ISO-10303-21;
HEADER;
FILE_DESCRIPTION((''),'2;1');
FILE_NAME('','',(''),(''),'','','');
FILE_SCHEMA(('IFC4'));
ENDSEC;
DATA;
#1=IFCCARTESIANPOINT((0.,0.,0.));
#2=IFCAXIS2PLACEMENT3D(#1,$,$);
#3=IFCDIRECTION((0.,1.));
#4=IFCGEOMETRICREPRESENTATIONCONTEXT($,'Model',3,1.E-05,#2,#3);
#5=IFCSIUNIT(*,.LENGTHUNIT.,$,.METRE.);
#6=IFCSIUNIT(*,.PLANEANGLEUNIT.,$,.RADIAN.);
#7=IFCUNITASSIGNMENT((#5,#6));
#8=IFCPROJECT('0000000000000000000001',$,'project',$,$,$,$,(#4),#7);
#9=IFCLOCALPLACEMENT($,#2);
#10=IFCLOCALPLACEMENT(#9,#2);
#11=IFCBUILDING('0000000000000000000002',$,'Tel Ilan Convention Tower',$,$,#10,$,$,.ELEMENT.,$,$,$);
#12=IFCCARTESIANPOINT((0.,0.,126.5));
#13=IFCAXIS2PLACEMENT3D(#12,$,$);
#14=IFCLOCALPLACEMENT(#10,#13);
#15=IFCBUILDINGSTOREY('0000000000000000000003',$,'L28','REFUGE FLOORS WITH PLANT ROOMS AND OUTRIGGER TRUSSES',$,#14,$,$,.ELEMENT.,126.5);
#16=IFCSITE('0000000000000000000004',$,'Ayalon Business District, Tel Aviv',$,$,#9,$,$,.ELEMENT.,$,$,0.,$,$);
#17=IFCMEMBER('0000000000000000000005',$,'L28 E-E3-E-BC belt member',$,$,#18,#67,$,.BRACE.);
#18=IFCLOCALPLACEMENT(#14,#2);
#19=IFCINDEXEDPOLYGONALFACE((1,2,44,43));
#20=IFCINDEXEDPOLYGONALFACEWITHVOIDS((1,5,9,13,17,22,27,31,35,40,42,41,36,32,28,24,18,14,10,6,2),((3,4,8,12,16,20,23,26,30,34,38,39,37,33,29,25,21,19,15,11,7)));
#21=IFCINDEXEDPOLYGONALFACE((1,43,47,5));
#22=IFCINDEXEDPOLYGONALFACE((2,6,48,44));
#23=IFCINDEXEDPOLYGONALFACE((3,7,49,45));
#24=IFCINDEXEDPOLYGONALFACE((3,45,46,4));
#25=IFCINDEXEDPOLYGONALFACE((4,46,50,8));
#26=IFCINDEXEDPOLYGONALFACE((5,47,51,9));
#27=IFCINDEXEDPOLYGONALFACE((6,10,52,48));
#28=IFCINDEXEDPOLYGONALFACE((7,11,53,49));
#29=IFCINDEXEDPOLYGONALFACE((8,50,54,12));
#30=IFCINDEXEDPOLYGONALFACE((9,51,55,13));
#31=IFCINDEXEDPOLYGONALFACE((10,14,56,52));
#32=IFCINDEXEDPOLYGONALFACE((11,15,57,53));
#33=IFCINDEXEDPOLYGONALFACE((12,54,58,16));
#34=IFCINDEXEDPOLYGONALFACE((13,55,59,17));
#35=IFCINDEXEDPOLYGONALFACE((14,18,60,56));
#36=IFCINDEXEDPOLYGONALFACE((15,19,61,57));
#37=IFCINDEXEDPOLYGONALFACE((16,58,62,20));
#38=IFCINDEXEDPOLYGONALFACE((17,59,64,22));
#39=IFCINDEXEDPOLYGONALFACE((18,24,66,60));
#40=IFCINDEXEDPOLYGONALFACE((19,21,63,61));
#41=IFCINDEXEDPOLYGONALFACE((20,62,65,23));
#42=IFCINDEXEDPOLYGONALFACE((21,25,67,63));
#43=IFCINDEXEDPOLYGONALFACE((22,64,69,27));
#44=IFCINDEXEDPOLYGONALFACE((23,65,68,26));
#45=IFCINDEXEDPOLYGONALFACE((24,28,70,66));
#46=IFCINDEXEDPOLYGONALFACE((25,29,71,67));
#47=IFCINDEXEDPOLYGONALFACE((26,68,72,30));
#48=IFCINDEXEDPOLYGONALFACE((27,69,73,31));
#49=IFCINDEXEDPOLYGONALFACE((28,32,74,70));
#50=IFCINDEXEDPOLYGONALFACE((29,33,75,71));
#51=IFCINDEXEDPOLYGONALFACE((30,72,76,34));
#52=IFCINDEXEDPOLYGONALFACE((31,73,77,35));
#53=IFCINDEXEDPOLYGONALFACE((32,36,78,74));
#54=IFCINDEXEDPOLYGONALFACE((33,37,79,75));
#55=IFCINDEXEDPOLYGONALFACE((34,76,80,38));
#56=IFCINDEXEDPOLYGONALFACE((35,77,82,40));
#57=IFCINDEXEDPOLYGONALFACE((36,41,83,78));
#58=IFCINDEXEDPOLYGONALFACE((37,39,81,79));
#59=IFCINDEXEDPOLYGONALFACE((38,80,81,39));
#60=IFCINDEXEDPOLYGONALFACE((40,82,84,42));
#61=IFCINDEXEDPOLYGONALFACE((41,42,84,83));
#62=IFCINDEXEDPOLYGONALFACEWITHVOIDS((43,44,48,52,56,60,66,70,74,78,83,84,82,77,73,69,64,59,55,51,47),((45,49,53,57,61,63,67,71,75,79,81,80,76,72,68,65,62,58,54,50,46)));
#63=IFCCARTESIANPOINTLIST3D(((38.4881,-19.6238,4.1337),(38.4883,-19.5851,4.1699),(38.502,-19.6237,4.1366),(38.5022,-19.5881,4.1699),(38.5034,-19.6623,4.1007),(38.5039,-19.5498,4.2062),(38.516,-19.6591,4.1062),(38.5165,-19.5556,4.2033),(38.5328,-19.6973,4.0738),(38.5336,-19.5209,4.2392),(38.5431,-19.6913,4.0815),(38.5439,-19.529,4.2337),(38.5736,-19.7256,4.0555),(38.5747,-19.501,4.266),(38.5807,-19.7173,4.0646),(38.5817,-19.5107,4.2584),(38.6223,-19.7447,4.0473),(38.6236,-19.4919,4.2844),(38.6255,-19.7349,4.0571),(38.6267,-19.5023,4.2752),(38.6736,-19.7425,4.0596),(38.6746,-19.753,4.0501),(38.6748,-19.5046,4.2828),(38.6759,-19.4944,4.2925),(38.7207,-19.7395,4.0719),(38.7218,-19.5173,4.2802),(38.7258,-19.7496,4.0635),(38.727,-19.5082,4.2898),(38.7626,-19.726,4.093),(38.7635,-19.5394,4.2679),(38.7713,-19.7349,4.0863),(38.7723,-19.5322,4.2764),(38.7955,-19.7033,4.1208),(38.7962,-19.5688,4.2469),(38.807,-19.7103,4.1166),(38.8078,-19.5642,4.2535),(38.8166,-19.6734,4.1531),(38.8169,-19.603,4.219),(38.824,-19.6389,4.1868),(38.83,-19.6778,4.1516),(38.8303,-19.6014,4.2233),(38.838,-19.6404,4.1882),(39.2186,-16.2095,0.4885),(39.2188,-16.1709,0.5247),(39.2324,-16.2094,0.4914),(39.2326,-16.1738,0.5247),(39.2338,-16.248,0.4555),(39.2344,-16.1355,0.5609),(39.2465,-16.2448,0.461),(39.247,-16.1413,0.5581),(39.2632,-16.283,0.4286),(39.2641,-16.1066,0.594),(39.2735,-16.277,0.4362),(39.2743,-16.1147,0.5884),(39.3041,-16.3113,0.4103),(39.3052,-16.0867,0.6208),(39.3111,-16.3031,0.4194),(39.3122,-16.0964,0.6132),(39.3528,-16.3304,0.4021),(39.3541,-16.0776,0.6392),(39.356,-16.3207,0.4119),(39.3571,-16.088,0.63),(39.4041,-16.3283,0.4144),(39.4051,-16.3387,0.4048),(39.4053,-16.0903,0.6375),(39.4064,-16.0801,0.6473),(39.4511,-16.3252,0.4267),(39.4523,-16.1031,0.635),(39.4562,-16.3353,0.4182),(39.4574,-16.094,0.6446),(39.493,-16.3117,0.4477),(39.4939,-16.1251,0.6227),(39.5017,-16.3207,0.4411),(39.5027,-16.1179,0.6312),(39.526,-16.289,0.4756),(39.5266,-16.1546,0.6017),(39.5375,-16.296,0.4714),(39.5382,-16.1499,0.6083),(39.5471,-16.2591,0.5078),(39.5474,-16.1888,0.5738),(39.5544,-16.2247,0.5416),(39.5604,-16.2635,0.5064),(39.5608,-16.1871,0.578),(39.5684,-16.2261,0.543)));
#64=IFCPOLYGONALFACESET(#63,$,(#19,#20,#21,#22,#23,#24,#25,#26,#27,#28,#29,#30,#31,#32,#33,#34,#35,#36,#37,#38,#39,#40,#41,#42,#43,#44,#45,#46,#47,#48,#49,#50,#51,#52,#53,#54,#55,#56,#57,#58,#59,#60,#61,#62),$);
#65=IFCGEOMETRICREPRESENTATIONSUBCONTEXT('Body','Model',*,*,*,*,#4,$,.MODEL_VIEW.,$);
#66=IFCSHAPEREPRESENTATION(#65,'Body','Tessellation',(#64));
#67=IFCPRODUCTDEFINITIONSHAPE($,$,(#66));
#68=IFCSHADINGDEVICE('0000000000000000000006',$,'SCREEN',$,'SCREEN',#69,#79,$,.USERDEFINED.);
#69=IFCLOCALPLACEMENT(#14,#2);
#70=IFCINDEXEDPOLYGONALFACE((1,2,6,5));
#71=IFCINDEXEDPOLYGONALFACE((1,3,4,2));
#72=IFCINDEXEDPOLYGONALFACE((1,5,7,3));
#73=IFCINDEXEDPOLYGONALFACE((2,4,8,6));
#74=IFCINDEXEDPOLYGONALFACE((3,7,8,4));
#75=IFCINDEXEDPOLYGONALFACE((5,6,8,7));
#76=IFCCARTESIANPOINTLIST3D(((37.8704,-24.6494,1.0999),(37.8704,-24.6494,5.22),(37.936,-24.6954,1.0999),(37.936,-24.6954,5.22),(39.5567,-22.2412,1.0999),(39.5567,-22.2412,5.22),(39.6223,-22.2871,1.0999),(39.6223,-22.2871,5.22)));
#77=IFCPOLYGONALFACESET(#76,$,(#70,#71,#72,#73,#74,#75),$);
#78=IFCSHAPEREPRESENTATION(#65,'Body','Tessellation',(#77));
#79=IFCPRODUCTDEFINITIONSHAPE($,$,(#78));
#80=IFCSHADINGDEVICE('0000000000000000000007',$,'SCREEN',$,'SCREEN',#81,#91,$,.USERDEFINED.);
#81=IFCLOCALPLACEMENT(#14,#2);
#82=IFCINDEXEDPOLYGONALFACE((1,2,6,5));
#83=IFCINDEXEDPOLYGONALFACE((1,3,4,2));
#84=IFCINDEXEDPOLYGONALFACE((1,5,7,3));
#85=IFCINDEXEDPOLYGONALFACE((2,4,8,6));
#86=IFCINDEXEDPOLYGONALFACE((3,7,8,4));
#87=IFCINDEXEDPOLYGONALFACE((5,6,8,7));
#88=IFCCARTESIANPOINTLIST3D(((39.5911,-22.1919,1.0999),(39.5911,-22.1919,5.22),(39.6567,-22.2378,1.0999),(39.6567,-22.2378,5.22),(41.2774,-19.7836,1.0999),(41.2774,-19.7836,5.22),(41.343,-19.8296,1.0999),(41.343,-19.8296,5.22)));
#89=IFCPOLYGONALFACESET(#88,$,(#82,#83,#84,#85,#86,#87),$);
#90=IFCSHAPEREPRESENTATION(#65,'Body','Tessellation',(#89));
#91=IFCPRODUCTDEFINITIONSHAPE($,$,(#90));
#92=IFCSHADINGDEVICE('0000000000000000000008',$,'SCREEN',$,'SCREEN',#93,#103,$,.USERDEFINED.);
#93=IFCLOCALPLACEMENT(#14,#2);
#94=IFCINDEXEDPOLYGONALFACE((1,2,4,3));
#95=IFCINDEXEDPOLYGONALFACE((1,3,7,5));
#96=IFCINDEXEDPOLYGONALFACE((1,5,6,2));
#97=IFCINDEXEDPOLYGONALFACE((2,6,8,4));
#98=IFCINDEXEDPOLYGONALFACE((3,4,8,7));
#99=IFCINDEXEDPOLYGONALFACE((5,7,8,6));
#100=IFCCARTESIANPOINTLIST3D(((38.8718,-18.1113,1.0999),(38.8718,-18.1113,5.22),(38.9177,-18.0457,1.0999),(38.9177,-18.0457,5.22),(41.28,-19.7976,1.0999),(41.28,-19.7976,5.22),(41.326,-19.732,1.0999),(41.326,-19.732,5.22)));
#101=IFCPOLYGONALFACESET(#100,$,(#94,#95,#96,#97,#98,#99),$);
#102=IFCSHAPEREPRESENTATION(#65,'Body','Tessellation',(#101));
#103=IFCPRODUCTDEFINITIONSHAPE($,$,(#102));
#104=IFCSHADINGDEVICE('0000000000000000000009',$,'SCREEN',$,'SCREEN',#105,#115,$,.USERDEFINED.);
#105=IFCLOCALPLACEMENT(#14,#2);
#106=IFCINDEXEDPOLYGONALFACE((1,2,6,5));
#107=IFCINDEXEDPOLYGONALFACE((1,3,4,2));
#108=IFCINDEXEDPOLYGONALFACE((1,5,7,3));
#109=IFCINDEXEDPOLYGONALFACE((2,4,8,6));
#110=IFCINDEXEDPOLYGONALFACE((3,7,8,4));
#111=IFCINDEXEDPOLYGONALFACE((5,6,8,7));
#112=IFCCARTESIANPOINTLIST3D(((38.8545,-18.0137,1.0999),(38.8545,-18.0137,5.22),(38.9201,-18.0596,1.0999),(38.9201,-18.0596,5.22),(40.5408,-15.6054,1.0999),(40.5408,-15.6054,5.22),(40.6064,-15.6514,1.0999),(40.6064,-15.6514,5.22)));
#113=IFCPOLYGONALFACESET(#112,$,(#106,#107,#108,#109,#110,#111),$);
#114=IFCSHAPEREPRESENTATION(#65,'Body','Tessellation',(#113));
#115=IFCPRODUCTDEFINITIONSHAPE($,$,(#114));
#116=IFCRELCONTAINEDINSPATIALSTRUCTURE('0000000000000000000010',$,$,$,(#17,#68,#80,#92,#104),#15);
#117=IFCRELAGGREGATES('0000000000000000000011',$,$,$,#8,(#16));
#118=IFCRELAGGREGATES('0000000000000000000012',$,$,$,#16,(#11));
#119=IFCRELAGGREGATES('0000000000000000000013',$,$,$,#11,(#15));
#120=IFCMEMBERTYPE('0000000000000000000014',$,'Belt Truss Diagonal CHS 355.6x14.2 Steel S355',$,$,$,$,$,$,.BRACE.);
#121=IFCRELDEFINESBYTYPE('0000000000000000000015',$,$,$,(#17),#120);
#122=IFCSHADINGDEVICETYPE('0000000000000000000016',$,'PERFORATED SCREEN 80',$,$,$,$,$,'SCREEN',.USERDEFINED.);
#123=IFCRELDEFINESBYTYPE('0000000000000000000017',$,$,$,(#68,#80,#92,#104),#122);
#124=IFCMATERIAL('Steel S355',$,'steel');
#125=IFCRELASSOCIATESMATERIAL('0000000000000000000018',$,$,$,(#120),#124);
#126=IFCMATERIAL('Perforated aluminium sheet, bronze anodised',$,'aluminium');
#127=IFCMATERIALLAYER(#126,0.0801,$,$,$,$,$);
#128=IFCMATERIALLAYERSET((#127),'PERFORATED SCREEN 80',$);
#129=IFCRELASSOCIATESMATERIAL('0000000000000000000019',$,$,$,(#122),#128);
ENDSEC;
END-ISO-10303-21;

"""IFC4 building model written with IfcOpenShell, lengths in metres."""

from ifc_helpers import new_model, si_unit, direction, frame, origin, origin_2d, place, context, subcontext, project, spatial, rectangle, hollow_circle, extrude, material, layer, layer_set, material_profile, profile_set, type_object, element, save


model = new_model("IFC4")

# Units and contexts
model_context = context("Model", 3, precision=1e-05, world=origin(), true_north=direction((0.0, 1.0)))
body_context = subcontext(model_context, "Body", "Model", "MODEL_VIEW")
ifc_project = project(units=[si_unit("LENGTHUNIT", "METRE"), si_unit("PLANEANGLEUNIT", "RADIAN")], contexts=[model_context])

# Site, building, storey
site_placement = place(None, origin())
site = spatial("IfcSite", under=ifc_project, at=site_placement, Name="Ayalon Business District, Tel Aviv", CompositionType="ELEMENT", RefElevation=0.0)
building_placement = place(site_placement, origin())
building = spatial("IfcBuilding", under=site, at=building_placement, Name="Tel Ilan Convention Tower", CompositionType="ELEMENT")
storey_placement = place(building_placement, frame((0.0, 0.0, 126.5)))
storey = spatial("IfcBuildingStorey", under=building, at=storey_placement, Name="L28", Description="REFUGE FLOORS WITH PLANT ROOMS AND OUTRIGGER TRUSSES", CompositionType="ELEMENT", Elevation=126.5)

# Member
ifc_material_1 = material(Name="Steel S355", Category="steel")
ifc_material_profile_1 = material_profile(ifc_material_1, hollow_circle(Radius=0.1777, WallThickness=0.0142, at=origin_2d()), Name="CHS 355.6x14.2")
ifc_profile_set_1 = profile_set([ifc_material_profile_1], Name="Steel S355")
member_type_1 = type_object("IfcMemberType", Name="Belt Truss Diagonal CHS 355.6x14.2 Steel S355", PredefinedType="BRACE", material=ifc_profile_set_1)
member_1_placement = place(storey_placement, frame((38.6621, -19.6223, 4.1699), z_axis=(0.144714, 0.676412, -0.722167), x_axis=(-0.977871, 0.209209, 0.0)))
element("IfcMember", 1, at=member_1_placement, inside=storey, type_object=member_type_1, Name="L28 E-E3-E-BC belt member", PredefinedType="BRACE", context=body_context, shape_type="SweptSolid", body=[
    extrude(hollow_circle(Radius=0.1777, WallThickness=0.0142, at=origin_2d()), origin(), (0.0, 0.0, 1.0), 5.0476),
])

# Shading devices
ifc_material_2 = material(Name="Perforated aluminium sheet, bronze anodised", Category="aluminium")
ifc_layer_1 = layer(ifc_material_2, 0.0801)
ifc_layer_set_1 = layer_set([ifc_layer_1], Name="PERFORATED SCREEN 80")
shading_device_type_1 = type_object("IfcShadingDeviceType", Name="PERFORATED SCREEN 80", ElementType="SCREEN", PredefinedType="USERDEFINED", material=ifc_layer_set_1)
for number, where, z_axis, x_axis, name in (
    (2, (38.7463, -23.4683, 1.0999), (0.0, 0.0, 1.0), (0.573576, 0.819152, 0.0), "SCREEN"),
    (3, (40.467, -21.0107, 1.0999), (0.0, 0.0, 1.0), (0.573576, 0.819152, 0.0), "SCREEN"),
    (4, (40.0989, -18.9216, 1.0999), (0.0, 0.0, 1.0), (-0.819152, 0.573576, 0.0), "SCREEN"),
    (5, (39.7305, -16.8325, 1.0999), (0.0, 0.0, 1.0), (0.573576, 0.819152, 0.0), "SCREEN"),
):
    element("IfcShadingDevice", number, at=place(storey_placement, frame(where, z_axis=z_axis, x_axis=x_axis)), inside=storey, type_object=shading_device_type_1, Name=name, ObjectType="SCREEN", PredefinedType="USERDEFINED", context=body_context, shape_type="SweptSolid", body=[
        extrude(rectangle(XDim=2.9399, YDim=0.0801, at=origin_2d()), origin(), (0.0, 0.0, 1.0), 4.1201),
    ])

save(model, "model.ifc")
